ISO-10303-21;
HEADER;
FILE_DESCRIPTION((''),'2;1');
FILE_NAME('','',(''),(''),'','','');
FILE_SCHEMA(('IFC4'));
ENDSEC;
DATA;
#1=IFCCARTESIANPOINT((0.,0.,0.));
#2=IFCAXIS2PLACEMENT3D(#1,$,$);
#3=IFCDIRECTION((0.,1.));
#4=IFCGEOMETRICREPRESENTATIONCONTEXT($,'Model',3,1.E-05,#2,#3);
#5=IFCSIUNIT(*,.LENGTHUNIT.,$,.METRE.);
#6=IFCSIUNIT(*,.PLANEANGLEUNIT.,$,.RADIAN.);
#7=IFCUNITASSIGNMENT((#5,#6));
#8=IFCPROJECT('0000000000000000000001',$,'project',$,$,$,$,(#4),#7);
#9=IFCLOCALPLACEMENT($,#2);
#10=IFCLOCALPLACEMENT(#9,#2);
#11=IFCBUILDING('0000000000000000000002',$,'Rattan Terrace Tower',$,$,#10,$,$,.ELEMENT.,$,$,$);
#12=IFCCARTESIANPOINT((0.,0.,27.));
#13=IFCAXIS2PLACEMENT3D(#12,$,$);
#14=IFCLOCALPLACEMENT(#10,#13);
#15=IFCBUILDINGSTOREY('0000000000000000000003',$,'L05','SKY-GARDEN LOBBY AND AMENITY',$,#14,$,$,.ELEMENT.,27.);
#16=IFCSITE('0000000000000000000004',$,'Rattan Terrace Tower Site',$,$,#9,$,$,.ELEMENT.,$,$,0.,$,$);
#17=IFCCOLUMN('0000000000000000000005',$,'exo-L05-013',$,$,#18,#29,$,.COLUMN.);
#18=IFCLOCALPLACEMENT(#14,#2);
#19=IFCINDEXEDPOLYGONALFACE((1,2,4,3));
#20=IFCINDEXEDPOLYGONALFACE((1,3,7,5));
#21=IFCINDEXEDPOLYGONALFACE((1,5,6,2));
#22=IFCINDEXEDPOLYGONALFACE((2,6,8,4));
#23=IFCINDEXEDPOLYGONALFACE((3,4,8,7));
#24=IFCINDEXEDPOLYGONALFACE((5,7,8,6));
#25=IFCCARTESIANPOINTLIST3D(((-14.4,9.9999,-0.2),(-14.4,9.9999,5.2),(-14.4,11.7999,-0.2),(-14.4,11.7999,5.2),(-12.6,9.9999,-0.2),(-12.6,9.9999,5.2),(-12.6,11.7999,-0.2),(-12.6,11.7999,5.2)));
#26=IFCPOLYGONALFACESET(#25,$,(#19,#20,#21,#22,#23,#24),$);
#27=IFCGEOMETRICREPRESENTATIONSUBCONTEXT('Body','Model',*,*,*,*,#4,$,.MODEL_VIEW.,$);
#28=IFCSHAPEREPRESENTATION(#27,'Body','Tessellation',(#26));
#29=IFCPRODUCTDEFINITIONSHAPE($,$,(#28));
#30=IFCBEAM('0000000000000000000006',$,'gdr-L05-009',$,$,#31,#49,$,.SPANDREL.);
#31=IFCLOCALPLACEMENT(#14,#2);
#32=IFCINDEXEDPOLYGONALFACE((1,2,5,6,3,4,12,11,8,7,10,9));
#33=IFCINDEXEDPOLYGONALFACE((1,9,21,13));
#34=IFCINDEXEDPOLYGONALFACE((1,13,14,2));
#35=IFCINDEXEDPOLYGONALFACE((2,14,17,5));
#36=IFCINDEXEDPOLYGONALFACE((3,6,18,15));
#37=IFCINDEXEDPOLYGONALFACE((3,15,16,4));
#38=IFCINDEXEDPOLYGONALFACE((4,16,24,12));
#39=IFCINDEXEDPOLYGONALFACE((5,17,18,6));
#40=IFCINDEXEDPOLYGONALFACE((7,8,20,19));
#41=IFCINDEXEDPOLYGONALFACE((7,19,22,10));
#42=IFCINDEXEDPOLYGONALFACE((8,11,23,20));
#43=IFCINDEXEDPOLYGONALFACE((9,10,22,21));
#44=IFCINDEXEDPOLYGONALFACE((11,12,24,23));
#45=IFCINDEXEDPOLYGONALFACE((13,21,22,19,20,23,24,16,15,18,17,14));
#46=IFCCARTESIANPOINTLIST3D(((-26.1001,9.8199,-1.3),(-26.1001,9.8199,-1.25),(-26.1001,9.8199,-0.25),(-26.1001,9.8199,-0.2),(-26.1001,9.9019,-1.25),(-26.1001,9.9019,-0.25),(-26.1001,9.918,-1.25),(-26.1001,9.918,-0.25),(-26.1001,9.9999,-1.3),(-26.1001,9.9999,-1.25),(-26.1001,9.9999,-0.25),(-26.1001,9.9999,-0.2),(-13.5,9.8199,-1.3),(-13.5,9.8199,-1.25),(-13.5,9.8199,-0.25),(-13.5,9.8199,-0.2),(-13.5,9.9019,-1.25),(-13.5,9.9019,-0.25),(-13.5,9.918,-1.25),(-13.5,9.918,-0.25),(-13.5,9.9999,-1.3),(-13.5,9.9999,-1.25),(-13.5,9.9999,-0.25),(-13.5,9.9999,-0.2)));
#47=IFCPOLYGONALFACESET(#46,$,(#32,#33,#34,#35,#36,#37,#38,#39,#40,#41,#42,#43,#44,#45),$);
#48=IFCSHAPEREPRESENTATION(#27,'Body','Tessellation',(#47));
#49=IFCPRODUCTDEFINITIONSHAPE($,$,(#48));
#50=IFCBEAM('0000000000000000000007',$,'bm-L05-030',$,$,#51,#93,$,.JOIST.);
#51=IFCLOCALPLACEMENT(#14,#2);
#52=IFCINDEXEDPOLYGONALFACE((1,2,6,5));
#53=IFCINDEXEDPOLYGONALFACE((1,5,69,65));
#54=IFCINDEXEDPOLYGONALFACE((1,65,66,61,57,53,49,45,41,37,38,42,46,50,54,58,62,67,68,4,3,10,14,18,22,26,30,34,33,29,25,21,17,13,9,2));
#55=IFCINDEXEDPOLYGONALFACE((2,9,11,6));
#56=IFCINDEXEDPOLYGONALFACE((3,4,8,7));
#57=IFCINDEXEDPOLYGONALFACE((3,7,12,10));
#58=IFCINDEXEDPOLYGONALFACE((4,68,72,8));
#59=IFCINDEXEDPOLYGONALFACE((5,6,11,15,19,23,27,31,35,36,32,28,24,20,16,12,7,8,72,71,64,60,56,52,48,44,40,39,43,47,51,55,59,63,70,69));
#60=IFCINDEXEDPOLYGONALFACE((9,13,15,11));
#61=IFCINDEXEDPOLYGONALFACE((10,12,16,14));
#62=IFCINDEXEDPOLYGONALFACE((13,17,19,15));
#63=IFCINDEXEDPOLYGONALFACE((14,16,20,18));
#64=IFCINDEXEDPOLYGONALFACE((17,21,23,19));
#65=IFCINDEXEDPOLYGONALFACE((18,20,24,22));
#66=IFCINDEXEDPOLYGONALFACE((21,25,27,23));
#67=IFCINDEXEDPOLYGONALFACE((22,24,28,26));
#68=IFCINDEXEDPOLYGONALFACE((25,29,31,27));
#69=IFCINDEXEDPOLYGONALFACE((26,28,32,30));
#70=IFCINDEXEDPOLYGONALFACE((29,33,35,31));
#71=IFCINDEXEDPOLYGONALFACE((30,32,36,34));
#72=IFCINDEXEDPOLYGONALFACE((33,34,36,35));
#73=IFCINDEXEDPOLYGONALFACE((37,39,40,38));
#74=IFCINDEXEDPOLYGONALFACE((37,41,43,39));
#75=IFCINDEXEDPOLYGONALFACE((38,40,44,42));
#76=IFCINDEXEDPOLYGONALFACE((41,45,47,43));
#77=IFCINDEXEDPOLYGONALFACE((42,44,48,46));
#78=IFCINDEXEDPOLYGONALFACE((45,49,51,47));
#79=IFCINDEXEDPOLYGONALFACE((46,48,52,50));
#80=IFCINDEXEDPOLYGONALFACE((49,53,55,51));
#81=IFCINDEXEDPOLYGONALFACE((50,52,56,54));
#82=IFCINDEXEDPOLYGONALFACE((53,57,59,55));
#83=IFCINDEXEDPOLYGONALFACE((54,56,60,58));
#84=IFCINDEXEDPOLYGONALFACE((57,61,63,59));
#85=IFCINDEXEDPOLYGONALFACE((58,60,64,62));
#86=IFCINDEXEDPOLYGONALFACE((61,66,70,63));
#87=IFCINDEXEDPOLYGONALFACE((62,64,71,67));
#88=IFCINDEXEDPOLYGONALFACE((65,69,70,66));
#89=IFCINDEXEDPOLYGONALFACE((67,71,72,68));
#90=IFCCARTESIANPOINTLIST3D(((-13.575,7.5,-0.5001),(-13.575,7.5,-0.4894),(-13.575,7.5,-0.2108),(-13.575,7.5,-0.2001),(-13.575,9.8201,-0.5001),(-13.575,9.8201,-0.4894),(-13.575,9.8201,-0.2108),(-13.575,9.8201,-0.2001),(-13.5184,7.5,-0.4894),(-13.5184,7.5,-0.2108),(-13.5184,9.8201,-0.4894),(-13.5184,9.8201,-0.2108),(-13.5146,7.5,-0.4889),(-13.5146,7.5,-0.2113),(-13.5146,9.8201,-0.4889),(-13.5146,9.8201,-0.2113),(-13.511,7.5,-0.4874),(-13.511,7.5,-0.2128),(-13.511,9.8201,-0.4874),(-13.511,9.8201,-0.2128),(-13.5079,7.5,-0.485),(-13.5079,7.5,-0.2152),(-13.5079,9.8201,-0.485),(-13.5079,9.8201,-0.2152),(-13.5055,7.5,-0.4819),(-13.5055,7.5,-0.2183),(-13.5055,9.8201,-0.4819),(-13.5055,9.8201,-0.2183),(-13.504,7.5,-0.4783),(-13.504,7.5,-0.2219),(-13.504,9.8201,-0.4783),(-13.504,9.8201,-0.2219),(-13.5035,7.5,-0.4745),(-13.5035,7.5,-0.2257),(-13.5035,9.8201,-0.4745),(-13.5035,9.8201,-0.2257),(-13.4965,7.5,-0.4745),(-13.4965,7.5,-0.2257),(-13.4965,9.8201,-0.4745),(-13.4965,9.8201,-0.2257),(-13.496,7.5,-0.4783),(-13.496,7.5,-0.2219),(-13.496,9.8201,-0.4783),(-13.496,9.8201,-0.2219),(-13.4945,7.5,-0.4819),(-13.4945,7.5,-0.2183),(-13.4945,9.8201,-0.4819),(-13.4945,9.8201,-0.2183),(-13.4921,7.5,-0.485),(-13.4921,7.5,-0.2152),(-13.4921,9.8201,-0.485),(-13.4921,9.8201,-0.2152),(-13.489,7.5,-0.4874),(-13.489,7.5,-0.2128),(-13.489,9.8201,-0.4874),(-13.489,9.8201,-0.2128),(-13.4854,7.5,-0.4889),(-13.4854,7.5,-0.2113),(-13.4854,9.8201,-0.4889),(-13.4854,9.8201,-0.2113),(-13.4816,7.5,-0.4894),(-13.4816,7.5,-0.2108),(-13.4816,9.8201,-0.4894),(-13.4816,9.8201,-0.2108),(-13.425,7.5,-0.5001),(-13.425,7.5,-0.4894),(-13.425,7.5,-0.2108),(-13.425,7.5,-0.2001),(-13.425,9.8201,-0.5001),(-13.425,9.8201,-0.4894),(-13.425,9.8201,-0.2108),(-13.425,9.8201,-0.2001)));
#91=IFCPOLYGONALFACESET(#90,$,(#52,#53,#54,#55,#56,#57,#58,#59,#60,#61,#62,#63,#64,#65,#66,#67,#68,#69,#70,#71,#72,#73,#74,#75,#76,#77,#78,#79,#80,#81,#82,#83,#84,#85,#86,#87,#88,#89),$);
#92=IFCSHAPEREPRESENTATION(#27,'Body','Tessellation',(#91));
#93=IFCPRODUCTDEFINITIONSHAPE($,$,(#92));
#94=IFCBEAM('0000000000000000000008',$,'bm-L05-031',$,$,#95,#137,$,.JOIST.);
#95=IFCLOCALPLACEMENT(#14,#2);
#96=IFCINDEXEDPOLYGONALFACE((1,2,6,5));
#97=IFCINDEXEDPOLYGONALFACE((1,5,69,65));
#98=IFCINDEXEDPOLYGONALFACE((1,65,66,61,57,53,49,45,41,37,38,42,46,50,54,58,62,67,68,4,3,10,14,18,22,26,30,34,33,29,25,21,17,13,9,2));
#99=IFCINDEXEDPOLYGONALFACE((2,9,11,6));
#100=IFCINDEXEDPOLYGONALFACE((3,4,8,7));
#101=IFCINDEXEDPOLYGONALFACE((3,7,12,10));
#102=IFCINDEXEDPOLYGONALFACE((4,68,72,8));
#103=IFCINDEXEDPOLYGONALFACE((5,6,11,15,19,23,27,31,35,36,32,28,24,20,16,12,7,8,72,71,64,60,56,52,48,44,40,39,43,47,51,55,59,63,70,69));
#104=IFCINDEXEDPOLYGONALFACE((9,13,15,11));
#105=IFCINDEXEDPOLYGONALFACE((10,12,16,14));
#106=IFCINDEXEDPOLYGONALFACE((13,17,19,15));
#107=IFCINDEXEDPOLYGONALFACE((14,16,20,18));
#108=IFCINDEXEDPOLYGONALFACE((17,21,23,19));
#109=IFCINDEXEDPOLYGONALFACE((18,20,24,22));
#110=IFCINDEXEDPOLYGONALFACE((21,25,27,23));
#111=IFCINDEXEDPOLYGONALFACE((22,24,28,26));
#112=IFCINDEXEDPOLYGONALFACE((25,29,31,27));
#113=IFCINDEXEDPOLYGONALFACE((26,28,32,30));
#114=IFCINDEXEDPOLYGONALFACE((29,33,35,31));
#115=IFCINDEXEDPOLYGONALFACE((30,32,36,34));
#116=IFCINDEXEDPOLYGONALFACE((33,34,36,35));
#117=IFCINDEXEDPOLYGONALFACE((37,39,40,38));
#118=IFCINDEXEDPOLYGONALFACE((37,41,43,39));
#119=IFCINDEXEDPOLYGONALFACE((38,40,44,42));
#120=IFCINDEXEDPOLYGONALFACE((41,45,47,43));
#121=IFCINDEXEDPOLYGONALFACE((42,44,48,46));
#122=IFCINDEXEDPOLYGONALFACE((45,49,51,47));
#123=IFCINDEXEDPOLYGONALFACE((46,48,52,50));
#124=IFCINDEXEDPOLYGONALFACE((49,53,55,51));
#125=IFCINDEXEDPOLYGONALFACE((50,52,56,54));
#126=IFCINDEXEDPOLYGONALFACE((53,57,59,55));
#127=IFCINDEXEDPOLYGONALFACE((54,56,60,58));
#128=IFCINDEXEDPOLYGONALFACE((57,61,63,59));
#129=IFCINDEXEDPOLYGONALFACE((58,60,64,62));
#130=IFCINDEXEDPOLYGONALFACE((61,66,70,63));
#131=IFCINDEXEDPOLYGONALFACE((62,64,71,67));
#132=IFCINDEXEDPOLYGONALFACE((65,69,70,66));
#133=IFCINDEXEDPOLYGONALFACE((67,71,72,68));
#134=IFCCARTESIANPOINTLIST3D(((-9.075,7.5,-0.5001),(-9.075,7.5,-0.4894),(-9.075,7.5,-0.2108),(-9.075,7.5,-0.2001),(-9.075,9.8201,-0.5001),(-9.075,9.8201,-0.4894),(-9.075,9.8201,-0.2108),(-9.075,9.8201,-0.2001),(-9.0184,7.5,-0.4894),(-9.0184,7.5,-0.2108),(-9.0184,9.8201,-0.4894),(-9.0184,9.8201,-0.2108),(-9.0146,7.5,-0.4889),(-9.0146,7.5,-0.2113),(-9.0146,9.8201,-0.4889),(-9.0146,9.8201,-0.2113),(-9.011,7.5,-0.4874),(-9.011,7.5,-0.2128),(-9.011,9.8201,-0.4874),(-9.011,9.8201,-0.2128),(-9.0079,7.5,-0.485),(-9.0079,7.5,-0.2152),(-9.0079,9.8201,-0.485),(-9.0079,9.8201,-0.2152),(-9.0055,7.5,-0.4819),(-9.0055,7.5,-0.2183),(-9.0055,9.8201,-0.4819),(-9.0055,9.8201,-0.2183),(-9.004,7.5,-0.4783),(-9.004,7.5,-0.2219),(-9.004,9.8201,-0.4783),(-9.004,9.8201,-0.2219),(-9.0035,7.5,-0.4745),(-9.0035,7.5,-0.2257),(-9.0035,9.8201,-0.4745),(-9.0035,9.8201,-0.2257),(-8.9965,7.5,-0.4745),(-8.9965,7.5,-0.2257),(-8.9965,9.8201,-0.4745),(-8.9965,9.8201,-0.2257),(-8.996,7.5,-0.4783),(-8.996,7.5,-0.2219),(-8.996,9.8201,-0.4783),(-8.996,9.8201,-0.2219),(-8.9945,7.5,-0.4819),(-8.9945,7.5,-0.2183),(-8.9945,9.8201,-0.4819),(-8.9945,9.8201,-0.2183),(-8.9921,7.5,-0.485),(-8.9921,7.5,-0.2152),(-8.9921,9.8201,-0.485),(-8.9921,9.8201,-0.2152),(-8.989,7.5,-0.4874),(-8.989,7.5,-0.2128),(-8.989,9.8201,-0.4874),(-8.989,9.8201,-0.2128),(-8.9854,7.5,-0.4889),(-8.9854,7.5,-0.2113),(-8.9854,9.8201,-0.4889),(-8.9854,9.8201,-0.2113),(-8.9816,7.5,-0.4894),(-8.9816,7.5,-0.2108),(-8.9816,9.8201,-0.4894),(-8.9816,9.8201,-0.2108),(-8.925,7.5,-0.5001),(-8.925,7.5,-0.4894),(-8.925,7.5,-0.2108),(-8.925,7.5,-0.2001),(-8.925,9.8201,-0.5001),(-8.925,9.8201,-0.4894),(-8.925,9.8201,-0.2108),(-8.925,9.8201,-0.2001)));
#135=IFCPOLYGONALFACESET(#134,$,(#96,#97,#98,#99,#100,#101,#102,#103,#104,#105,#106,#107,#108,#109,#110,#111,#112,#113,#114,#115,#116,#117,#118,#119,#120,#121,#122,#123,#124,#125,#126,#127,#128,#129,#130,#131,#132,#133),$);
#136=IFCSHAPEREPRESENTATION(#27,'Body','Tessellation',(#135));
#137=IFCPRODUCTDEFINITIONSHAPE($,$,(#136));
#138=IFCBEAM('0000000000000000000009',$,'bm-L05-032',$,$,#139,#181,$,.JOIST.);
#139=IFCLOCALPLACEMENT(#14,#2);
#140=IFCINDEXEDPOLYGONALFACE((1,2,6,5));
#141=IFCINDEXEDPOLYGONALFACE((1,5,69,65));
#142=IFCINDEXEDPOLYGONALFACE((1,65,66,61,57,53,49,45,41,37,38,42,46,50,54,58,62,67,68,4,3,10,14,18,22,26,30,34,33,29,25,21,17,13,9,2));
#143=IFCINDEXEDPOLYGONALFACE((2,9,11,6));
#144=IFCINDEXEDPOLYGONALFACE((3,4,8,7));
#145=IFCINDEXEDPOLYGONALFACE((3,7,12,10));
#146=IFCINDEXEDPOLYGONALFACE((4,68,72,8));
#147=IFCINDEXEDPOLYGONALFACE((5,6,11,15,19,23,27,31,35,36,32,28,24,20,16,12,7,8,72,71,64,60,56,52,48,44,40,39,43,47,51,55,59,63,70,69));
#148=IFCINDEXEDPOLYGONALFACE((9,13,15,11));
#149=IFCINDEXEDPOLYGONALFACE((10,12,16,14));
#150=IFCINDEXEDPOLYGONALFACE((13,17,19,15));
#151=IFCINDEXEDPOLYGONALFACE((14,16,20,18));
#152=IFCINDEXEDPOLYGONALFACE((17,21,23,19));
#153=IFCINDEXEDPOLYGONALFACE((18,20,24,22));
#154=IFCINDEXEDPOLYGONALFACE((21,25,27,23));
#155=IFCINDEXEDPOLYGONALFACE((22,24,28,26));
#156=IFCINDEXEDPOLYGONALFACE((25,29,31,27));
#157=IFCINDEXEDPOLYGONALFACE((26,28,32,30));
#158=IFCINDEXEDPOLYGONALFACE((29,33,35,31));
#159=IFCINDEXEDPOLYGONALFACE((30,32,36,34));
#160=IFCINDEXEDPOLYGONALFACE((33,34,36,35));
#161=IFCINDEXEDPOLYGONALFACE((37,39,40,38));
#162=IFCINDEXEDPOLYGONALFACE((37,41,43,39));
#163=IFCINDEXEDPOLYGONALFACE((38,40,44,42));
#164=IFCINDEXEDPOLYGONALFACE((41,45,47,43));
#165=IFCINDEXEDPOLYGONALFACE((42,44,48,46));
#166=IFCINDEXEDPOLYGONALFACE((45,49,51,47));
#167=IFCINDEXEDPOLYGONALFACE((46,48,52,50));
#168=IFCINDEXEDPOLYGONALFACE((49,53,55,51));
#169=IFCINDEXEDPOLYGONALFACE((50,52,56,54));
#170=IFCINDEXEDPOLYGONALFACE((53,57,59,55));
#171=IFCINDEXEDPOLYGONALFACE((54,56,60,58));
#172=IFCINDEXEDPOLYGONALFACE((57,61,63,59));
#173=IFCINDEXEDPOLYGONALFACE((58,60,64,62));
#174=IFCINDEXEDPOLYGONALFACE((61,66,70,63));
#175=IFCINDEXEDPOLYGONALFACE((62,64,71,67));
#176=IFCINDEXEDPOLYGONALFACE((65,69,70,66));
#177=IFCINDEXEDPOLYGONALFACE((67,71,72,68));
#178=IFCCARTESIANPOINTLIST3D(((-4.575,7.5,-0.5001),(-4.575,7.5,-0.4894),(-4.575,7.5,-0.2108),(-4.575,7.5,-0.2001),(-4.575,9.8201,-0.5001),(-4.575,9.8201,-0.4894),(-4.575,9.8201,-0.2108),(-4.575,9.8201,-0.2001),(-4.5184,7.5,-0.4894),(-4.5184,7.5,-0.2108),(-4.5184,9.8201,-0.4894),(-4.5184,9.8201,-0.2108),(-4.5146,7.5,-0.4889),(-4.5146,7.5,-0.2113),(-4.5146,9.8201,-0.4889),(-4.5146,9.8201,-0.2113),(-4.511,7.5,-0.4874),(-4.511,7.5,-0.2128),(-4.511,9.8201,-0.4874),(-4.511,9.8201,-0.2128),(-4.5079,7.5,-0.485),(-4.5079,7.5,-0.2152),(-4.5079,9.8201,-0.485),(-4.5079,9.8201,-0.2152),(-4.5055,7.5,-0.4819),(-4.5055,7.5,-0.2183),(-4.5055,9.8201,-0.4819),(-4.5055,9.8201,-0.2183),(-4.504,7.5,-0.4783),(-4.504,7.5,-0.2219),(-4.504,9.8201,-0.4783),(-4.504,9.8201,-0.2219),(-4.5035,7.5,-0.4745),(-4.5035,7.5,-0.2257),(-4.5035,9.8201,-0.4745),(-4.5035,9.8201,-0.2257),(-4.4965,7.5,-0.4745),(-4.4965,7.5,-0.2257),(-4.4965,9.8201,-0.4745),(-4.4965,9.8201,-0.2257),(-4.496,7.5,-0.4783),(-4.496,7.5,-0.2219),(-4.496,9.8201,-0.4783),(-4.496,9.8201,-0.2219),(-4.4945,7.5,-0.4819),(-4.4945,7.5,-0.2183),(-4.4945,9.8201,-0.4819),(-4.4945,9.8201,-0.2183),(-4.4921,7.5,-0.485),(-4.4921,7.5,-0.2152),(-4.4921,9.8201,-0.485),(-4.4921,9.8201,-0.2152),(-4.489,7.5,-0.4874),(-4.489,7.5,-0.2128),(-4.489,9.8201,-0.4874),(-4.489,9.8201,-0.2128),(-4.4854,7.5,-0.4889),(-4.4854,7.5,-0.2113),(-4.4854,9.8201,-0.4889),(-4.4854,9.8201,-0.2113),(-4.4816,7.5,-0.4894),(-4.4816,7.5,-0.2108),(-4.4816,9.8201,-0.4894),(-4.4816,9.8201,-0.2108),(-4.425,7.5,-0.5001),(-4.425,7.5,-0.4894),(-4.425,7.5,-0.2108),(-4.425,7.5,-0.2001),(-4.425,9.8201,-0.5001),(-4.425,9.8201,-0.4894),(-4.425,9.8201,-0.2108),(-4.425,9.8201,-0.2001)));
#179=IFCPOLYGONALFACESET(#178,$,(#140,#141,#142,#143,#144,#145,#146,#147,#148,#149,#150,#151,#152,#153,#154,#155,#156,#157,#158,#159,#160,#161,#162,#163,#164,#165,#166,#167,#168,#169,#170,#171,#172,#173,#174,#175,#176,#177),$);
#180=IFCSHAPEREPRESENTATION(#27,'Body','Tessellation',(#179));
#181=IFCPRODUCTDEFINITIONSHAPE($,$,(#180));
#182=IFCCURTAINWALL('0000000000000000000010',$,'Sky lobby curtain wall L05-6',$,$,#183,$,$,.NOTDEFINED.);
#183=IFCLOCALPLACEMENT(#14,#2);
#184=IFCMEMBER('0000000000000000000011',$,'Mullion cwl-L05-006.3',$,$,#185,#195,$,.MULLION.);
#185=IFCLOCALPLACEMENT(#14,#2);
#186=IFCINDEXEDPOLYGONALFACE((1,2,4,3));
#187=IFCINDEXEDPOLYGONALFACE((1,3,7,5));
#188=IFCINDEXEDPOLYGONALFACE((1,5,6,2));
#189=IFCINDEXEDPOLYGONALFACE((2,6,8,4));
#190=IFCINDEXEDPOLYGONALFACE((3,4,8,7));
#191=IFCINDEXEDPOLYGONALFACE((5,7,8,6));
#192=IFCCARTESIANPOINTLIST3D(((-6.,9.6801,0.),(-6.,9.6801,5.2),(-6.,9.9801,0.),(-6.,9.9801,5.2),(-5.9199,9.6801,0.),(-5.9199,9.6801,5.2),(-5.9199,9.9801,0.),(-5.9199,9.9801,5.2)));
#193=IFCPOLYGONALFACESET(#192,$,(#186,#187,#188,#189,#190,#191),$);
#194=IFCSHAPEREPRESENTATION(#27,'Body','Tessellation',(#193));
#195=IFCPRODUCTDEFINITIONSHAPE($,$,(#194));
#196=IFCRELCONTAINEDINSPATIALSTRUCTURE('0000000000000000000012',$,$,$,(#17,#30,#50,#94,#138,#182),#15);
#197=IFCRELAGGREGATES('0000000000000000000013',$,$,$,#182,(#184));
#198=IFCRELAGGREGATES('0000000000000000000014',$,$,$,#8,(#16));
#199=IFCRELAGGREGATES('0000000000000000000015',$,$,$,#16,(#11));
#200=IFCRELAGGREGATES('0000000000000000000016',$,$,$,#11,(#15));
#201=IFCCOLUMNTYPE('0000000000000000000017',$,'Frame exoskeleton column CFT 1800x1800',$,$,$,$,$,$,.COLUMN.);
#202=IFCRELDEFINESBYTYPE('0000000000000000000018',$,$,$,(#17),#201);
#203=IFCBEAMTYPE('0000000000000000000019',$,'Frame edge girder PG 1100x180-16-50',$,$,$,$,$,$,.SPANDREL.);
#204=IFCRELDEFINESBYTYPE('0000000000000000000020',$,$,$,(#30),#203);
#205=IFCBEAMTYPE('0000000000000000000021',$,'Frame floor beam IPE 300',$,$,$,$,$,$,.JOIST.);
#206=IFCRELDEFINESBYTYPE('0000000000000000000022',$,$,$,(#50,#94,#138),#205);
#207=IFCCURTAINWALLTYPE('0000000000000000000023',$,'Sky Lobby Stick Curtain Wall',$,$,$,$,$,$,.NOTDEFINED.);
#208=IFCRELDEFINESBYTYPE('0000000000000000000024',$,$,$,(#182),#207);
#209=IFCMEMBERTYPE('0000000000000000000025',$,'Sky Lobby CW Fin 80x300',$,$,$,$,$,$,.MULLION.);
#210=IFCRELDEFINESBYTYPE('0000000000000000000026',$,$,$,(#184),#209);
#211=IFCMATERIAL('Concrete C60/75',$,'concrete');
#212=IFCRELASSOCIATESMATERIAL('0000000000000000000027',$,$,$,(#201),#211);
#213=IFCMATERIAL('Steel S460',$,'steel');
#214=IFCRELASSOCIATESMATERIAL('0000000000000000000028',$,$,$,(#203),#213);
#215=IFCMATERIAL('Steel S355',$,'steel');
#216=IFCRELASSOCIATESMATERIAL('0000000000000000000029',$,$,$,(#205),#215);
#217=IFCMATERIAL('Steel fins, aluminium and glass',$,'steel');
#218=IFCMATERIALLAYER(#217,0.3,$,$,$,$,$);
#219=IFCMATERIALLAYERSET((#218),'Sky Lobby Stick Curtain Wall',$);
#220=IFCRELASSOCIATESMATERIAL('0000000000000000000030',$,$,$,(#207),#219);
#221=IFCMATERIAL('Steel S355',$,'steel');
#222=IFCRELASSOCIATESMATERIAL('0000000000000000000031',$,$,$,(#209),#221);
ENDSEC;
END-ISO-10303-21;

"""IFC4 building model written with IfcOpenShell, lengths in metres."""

from ifc_helpers import new_model, si_unit, direction, frame, origin, origin_2d, place, context, subcontext, project, spatial, rectangle, i_section, extrude, material, layer, layer_set, material_profile, profile_set, type_object, element, aggregate, save


model = new_model("IFC4")

# Units and contexts
model_context = context("Model", 3, precision=1e-05, world=origin(), true_north=direction((0.0, 1.0)))
body_context = subcontext(model_context, "Body", "Model", "MODEL_VIEW")
ifc_project = project(units=[si_unit("LENGTHUNIT", "METRE"), si_unit("PLANEANGLEUNIT", "RADIAN")], contexts=[model_context])

# Site, building, storey
site_placement = place(None, origin())
site = spatial("IfcSite", under=ifc_project, at=site_placement, Name="Rattan Terrace Tower Site", CompositionType="ELEMENT", RefElevation=0.0)
building_placement = place(site_placement, origin())
building = spatial("IfcBuilding", under=site, at=building_placement, Name="Rattan Terrace Tower", CompositionType="ELEMENT")
storey_placement = place(building_placement, frame((0.0, 0.0, 27.0)))
storey = spatial("IfcBuildingStorey", under=building, at=storey_placement, Name="L05", Description="SKY-GARDEN LOBBY AND AMENITY", CompositionType="ELEMENT", Elevation=27.0)

# Column
ifc_material_1 = material(Name="Concrete C60/75", Category="concrete")
ifc_material_profile_1 = material_profile(ifc_material_1, rectangle(XDim=1.8, YDim=1.8, at=origin_2d()), Name="CFT 1800x1800")
ifc_profile_set_1 = profile_set([ifc_material_profile_1], Name="Concrete C60/75")
column_type = type_object("IfcColumnType", Name="Frame exoskeleton column CFT 1800x1800", PredefinedType="COLUMN", material=ifc_profile_set_1)
column_placement = place(storey_placement, frame((-13.5, 10.8999, -0.2), z_axis=(0.0, 0.0, 1.0), x_axis=(1.0, 0.0, 0.0)))
element("IfcColumn", 1, at=column_placement, inside=storey, type_object=column_type, Name="exo-L05-013", PredefinedType="COLUMN", context=body_context, shape_type="SweptSolid", body=[
    extrude(rectangle(XDim=1.8, YDim=1.8, at=origin_2d()), origin(), (0.0, 0.0, 1.0), 5.3999),
])

# Beams
ifc_material_2 = material(Name="Steel S460", Category="steel")
ifc_material_profile_2 = material_profile(ifc_material_2, i_section(OverallWidth=0.1799, OverallDepth=1.1001, WebThickness=0.0161, FlangeThickness=0.05, at=origin_2d()), Name="PG 1100x180-16-50")
ifc_profile_set_2 = profile_set([ifc_material_profile_2], Name="Steel S460")
beam_type_1 = type_object("IfcBeamType", Name="Frame edge girder PG 1100x180-16-50", PredefinedType="SPANDREL", material=ifc_profile_set_2)
beam_placement = place(storey_placement, frame((-13.5, 9.9099, -0.75), z_axis=(-1.0, 0.0, 0.0), x_axis=(0.0, -1.0, 0.0)))
element("IfcBeam", 2, at=beam_placement, inside=storey, type_object=beam_type_1, Name="gdr-L05-009", PredefinedType="SPANDREL", context=body_context, shape_type="SweptSolid", body=[
    extrude(i_section(OverallWidth=0.1799, OverallDepth=1.1001, WebThickness=0.0161, FlangeThickness=0.05, at=origin_2d()), origin(), (0.0, 0.0, 1.0), 12.6001),
])
ifc_material_3 = material(Name="Steel S355", Category="steel")
ifc_material_profile_3 = material_profile(ifc_material_3, i_section(OverallWidth=0.1499, OverallDepth=0.3, WebThickness=0.0071, FlangeThickness=0.0107, FilletRadius=0.0149, at=origin_2d()), Name="IPE 300")
ifc_profile_set_3 = profile_set([ifc_material_profile_3], Name="Steel S355")
beam_type_2 = type_object("IfcBeamType", Name="Frame floor beam IPE 300", PredefinedType="JOIST", material=ifc_profile_set_3)
for number, where, z_axis, x_axis, name in (
    (3, (-13.5, 7.5, -0.3501), (0.0, 1.0, 0.0), (-1.0, 0.0, 0.0), "bm-L05-030"),
    (4, (-9.0, 7.5, -0.3501), (0.0, 1.0, 0.0), (-1.0, 0.0, 0.0), "bm-L05-031"),
    (5, (-4.5, 7.5, -0.3501), (0.0, 1.0, 0.0), (-1.0, 0.0, 0.0), "bm-L05-032"),
):
    element("IfcBeam", number, at=place(storey_placement, frame(where, z_axis=z_axis, x_axis=x_axis)), inside=storey, type_object=beam_type_2, Name=name, PredefinedType="JOIST", context=body_context, shape_type="SweptSolid", body=[
        extrude(i_section(OverallWidth=0.1499, OverallDepth=0.3, WebThickness=0.0071, FlangeThickness=0.0107, FilletRadius=0.0149, at=origin_2d()), origin(), (0.0, 0.0, 1.0), 2.3201),
    ])

# Curtain wall, member
ifc_material_4 = material(Name="Steel fins, aluminium and glass", Category="steel")
ifc_layer_1 = layer(ifc_material_4, 0.3)
ifc_layer_set_1 = layer_set([ifc_layer_1], Name="Sky Lobby Stick Curtain Wall")
curtain_wall_type = type_object("IfcCurtainWallType", Name="Sky Lobby Stick Curtain Wall", PredefinedType="NOTDEFINED", material=ifc_layer_set_1)
curtain_wall_1_placement = place(storey_placement, origin())
curtain_wall_1 = element("IfcCurtainWall", 6, at=curtain_wall_1_placement, inside=storey, type_object=curtain_wall_type, Name="Sky lobby curtain wall L05-6", PredefinedType="NOTDEFINED")
ifc_material_5 = material(Name="Steel S355", Category="steel")
ifc_material_profile_4 = material_profile(ifc_material_5, rectangle(XDim=0.0801, YDim=0.3, at=origin_2d()), Name="Steel S355 80x300")
ifc_profile_set_4 = profile_set([ifc_material_profile_4], Name="Steel S355")
member_type_1 = type_object("IfcMemberType", Name="Sky Lobby CW Fin 80x300", PredefinedType="MULLION", material=ifc_profile_set_4)
member_1_placement = place(storey_placement, frame((-5.96, 9.8301, 0.0), z_axis=(0.0, 0.0, 1.0), x_axis=(-1.0, 0.0, 0.0)))
member_1 = element("IfcMember", 7, at=member_1_placement, type_object=member_type_1, Name="Mullion cwl-L05-006.3", PredefinedType="MULLION", context=body_context, shape_type="SweptSolid", body=[
    extrude(rectangle(XDim=0.0801, YDim=0.3, at=origin_2d()), origin(), (0.0, 0.0, 1.0), 5.2),
])

aggregate(curtain_wall_1, [member_1])

save(model, "model.ifc")
